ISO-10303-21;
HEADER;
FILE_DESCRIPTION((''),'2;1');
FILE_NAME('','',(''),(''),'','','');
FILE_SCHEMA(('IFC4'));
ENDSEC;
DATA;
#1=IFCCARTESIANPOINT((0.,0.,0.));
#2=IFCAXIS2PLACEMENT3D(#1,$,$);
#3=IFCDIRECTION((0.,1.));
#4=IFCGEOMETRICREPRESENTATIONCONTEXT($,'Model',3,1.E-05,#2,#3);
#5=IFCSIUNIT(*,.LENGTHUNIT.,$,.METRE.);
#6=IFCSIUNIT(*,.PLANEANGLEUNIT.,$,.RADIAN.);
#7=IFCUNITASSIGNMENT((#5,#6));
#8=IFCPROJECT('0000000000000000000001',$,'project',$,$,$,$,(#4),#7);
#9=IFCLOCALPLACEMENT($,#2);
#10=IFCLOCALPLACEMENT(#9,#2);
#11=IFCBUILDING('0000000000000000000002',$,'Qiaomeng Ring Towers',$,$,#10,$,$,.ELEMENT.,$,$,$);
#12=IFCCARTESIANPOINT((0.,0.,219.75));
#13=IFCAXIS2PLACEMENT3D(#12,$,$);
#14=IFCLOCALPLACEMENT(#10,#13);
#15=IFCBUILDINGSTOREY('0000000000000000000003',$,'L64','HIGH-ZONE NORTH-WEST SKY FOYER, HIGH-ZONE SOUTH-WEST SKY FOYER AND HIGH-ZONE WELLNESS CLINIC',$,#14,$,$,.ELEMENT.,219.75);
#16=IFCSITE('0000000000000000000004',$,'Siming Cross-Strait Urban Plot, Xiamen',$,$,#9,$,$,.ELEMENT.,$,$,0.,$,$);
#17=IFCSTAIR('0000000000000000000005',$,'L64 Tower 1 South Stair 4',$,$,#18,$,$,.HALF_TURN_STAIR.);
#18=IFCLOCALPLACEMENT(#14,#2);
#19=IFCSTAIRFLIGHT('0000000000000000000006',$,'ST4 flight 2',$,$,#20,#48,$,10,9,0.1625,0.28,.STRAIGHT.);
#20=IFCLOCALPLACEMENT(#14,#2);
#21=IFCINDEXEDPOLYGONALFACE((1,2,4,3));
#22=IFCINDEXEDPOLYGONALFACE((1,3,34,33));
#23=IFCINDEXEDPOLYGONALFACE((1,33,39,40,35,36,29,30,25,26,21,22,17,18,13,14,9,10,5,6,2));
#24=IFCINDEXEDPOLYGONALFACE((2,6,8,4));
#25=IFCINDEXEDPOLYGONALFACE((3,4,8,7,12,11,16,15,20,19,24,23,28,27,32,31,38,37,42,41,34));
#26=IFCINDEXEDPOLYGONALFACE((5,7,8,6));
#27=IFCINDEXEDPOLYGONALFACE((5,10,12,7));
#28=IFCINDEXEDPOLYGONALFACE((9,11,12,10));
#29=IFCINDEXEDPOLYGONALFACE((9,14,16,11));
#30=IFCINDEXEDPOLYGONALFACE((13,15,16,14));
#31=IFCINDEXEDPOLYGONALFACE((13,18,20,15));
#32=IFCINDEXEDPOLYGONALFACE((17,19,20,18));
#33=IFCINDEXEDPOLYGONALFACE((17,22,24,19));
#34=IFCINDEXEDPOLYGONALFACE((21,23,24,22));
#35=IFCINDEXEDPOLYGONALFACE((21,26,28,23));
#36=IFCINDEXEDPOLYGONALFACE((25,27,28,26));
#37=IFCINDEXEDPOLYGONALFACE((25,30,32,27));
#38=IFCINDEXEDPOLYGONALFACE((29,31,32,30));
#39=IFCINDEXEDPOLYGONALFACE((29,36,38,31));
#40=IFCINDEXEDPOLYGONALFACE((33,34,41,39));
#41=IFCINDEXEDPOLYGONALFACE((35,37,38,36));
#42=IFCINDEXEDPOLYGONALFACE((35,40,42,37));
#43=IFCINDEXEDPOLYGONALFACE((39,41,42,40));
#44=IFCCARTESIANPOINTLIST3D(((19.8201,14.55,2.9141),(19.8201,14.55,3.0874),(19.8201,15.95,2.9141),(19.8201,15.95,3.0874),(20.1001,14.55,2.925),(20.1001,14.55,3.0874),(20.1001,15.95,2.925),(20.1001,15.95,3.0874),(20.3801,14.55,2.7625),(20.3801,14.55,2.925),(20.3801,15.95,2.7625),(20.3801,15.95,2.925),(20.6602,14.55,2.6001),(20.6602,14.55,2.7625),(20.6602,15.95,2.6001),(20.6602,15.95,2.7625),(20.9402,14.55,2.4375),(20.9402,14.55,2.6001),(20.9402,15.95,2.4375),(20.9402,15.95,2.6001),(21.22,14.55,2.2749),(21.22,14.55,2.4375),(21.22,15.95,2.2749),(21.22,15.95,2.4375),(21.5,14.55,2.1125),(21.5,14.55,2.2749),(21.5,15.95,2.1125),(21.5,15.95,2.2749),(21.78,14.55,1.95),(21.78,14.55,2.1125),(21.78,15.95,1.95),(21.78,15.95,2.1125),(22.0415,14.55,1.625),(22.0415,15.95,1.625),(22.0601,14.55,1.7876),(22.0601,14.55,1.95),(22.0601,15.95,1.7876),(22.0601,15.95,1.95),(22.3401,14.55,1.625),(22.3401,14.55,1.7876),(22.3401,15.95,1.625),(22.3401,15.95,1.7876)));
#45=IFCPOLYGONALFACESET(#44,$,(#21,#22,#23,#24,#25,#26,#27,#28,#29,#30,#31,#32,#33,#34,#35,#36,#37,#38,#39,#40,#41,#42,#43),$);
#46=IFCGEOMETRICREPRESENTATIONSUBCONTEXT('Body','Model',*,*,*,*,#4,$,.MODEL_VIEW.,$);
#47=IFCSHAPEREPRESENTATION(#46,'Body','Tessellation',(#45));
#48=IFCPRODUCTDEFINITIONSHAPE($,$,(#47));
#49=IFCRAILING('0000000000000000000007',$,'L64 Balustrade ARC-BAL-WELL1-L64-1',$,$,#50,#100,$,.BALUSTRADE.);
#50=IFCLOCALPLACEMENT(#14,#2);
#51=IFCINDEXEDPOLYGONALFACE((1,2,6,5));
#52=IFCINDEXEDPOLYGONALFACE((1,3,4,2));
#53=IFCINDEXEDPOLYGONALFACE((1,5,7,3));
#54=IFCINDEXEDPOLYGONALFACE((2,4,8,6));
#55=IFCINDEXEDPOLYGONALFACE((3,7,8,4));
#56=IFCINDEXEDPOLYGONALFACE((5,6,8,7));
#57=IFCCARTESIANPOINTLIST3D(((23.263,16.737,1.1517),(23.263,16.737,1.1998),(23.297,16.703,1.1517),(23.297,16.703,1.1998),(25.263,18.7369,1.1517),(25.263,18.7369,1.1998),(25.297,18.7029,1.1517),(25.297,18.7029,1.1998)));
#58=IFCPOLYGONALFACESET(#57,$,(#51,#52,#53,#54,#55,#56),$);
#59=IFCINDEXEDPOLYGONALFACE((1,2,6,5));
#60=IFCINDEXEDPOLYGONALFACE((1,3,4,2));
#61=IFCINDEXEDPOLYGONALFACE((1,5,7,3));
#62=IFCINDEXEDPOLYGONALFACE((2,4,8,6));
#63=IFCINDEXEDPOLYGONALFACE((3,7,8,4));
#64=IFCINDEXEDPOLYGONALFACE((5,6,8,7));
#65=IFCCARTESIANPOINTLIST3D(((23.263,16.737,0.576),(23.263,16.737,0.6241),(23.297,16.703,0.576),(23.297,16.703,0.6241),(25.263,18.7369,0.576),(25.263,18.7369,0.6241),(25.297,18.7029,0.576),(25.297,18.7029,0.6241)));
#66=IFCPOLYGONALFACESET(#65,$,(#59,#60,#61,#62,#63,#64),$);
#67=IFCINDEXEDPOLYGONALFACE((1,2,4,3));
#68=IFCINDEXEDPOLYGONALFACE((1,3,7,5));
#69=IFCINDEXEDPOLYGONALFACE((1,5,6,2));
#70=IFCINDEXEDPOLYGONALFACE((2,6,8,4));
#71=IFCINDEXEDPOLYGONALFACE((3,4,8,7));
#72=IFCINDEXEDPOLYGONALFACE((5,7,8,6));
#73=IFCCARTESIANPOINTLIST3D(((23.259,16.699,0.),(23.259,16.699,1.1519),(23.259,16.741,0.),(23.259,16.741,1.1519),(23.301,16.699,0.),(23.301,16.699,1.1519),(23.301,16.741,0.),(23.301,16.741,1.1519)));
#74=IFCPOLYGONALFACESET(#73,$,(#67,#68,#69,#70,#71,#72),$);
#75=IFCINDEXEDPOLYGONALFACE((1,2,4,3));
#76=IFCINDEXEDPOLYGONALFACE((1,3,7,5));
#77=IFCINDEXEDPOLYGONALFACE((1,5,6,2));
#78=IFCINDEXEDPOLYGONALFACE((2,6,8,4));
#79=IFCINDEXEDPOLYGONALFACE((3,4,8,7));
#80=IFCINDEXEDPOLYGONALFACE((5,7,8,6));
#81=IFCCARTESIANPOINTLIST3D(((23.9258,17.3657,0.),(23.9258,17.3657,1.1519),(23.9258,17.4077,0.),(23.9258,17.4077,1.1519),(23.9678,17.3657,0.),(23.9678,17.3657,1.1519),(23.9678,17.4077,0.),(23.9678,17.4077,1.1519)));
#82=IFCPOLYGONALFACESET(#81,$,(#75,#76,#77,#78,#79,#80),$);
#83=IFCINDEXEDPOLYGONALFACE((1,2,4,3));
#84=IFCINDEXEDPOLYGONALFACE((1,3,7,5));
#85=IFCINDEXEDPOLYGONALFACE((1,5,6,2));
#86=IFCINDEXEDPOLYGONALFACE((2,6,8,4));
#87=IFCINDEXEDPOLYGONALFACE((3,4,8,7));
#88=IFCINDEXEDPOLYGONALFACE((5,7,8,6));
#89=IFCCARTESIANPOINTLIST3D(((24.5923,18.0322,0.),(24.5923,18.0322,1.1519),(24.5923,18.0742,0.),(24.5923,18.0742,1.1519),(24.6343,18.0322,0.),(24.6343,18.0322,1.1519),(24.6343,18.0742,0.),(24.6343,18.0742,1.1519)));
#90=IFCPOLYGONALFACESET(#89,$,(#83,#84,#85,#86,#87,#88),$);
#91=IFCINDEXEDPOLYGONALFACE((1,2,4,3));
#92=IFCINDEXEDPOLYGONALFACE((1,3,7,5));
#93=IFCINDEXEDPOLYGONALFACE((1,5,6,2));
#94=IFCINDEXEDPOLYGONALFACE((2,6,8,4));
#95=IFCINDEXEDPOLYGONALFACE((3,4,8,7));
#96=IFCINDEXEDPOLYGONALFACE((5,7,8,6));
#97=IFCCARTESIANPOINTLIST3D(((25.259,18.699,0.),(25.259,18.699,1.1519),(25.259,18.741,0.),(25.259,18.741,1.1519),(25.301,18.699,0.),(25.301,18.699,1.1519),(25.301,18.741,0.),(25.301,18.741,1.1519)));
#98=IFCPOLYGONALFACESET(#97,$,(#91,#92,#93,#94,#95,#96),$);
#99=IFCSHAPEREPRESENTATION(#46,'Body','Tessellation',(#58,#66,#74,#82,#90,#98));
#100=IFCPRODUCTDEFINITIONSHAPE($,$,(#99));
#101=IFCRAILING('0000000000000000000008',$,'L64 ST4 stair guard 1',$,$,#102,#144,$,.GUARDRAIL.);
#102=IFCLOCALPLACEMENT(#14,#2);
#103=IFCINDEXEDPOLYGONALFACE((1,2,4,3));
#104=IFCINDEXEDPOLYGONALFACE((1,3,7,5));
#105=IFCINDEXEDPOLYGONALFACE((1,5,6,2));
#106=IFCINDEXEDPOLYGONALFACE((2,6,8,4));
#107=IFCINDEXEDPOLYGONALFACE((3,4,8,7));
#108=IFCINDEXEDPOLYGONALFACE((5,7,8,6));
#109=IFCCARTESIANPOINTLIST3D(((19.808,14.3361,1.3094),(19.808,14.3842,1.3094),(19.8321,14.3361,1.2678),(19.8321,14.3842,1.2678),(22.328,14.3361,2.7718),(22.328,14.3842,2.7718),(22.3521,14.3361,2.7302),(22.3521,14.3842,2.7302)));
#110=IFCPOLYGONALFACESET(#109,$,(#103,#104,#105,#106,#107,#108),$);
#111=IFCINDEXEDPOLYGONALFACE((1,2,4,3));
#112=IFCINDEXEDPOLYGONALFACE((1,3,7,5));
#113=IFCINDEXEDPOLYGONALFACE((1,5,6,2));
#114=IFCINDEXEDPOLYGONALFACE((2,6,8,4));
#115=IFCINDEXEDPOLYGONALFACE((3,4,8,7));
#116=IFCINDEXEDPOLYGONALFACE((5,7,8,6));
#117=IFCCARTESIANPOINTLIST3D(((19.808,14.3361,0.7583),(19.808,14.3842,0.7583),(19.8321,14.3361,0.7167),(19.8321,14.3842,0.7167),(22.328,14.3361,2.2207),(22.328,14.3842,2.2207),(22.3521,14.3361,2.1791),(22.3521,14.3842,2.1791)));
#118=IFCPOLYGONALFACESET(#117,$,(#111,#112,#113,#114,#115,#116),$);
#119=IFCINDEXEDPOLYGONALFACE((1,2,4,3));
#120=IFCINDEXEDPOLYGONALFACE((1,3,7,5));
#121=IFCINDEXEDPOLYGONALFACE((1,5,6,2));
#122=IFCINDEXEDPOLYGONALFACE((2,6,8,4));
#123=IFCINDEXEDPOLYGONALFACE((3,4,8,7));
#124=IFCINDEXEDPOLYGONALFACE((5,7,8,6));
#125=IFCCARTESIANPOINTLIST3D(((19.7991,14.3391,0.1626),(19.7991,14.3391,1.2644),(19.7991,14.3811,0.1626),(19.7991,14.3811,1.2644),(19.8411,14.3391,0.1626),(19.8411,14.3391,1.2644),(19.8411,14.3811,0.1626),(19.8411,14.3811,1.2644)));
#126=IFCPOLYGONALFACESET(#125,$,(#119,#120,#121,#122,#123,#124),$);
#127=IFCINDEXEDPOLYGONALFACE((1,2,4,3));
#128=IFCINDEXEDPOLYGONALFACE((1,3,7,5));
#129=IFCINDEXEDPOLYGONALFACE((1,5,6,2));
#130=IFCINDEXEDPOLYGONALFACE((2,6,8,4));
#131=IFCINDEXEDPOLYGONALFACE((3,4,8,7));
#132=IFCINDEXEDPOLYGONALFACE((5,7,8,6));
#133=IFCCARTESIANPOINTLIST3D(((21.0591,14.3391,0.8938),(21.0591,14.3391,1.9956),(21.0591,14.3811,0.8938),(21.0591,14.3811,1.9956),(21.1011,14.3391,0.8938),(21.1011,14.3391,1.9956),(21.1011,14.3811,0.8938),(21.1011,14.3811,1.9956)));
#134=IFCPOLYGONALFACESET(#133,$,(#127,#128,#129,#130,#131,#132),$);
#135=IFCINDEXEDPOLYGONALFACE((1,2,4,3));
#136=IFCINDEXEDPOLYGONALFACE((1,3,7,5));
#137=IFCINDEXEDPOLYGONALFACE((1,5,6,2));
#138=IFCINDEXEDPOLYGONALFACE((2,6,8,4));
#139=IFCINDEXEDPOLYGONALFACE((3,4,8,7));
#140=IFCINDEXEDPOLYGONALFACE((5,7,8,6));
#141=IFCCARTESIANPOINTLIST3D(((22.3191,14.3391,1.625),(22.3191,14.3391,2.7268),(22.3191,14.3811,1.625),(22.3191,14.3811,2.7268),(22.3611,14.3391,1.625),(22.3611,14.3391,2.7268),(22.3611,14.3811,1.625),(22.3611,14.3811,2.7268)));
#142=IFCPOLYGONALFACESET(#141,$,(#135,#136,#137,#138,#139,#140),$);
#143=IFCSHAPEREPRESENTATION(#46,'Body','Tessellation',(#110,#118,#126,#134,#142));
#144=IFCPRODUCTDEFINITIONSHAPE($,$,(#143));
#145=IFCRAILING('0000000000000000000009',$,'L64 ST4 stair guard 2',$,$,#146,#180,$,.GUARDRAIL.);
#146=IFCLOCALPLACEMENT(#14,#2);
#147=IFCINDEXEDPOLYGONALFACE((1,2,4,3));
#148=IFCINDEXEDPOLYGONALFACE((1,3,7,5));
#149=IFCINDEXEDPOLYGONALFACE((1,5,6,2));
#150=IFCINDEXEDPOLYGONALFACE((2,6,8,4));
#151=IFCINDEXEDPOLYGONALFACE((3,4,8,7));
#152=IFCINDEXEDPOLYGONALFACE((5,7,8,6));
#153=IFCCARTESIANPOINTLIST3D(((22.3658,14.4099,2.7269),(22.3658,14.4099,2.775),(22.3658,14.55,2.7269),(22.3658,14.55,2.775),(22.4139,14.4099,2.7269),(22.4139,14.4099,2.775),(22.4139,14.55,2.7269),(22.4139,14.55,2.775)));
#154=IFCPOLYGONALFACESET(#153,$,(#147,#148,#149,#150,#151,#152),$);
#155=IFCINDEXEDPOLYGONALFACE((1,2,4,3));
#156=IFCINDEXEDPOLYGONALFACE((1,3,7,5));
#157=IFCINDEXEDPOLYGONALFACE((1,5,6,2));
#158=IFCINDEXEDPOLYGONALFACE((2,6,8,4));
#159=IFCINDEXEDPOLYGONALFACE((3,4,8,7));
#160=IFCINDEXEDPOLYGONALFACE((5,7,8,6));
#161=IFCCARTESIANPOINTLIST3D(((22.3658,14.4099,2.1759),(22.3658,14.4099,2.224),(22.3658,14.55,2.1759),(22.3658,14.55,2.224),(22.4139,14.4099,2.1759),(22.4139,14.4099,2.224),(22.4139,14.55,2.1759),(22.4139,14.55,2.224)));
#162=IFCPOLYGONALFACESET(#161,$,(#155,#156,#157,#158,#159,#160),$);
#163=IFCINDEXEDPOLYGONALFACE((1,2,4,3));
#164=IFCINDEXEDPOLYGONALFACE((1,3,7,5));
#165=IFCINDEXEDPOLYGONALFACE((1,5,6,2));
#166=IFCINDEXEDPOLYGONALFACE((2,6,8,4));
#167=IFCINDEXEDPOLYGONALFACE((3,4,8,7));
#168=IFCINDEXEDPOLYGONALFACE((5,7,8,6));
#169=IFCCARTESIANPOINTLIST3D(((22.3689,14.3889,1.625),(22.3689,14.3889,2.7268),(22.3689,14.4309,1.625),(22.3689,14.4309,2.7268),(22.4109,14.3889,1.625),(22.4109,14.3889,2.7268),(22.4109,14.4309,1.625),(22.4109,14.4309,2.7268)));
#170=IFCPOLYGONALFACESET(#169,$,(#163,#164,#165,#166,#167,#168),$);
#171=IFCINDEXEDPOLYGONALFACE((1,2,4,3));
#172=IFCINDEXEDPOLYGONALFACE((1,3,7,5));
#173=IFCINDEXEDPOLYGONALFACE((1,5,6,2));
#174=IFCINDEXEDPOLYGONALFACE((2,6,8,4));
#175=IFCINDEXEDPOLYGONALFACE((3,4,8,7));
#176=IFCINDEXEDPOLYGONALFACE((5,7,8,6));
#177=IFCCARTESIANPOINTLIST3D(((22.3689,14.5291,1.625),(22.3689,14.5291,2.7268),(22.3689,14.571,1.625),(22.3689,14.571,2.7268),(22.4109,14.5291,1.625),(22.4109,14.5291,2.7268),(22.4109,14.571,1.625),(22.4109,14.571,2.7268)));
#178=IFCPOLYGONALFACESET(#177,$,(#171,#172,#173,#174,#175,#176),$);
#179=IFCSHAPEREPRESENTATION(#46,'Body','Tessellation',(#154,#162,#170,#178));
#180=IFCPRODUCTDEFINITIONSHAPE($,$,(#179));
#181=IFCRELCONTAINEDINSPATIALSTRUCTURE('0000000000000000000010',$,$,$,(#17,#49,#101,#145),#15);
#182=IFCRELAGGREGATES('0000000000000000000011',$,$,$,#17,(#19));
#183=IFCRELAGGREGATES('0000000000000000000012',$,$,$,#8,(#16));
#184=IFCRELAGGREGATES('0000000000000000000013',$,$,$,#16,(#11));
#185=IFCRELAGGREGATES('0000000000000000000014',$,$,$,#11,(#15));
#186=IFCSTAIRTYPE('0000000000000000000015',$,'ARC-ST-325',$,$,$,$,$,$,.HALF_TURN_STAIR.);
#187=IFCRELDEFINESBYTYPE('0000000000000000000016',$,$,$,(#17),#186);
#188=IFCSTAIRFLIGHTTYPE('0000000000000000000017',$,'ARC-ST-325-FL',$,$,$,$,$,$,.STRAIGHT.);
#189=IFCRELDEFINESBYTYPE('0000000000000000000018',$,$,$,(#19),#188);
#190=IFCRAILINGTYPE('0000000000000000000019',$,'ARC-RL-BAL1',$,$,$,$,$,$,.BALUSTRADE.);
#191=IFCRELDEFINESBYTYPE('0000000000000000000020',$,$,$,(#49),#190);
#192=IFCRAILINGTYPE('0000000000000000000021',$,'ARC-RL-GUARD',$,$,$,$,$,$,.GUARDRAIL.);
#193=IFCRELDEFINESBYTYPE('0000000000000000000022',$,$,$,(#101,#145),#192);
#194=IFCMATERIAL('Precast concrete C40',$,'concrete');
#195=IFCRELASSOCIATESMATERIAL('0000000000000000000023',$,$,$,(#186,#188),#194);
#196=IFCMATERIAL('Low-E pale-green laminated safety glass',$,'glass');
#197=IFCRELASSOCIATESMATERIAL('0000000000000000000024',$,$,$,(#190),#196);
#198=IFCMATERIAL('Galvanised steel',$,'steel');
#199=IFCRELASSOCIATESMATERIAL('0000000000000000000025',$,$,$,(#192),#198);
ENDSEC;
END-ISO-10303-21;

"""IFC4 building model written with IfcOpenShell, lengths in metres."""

from ifc_helpers import new_model, si_unit, direction, frame, origin, origin_2d, place, context, subcontext, project, spatial, polyline, rectangle, outline, extrude, source, transform, mapped, material, type_object, element, aggregate, save


model = new_model("IFC4")

# Units and contexts
model_context = context("Model", 3, precision=1e-05, world=origin(), true_north=direction((0.0, 1.0)))
body_context = subcontext(model_context, "Body", "Model", "MODEL_VIEW")
ifc_project = project(units=[si_unit("LENGTHUNIT", "METRE"), si_unit("PLANEANGLEUNIT", "RADIAN")], contexts=[model_context])

# Site, building, storey
site_placement = place(None, origin())
site = spatial("IfcSite", under=ifc_project, at=site_placement, Name="Siming Cross-Strait Urban Plot, Xiamen", CompositionType="ELEMENT", RefElevation=0.0)
building_placement = place(site_placement, origin())
building = spatial("IfcBuilding", under=site, at=building_placement, Name="Qiaomeng Ring Towers", CompositionType="ELEMENT")
storey_placement = place(building_placement, frame((0.0, 0.0, 219.75)))
storey = spatial("IfcBuildingStorey", under=building, at=storey_placement, Name="L64", Description="HIGH-ZONE NORTH-WEST SKY FOYER, HIGH-ZONE SOUTH-WEST SKY FOYER AND HIGH-ZONE WELLNESS CLINIC", CompositionType="ELEMENT", Elevation=219.75)

# Shared definitions
ifc_material_1 = material(Name="Galvanised steel", Category="steel")

# Stair, stair flight
ifc_material_2 = material(Name="Precast concrete C40", Category="concrete")
stair_type = type_object("IfcStairType", Name="ARC-ST-325", PredefinedType="HALF_TURN_STAIR", material=ifc_material_2)
stair_placement = place(storey_placement, origin())
stair = element("IfcStair", 1, at=stair_placement, inside=storey, type_object=stair_type, Name="L64 Tower 1 South Stair 4", PredefinedType="HALF_TURN_STAIR")
stair_flight_type = type_object("IfcStairFlightType", Name="ARC-ST-325-FL", PredefinedType="STRAIGHT", material=ifc_material_2)
shared_shape_1 = source(origin(), body_context, "Body", "SweptSolid", [
    extrude(outline(polyline([(0.0, 0.0), (0.0, 0.1626), (0.28, 0.1626), (0.28, 0.325), (0.5601, 0.325), (0.5601, 0.4875), (0.8401, 0.4875), (0.8401, 0.6499), (1.1201, 0.6499), (1.1201, 0.8125), (1.3999, 0.8125), (1.3999, 0.9751), (1.6799, 0.9751), (1.6799, 1.1375), (1.96, 1.1375), (1.96, 1.3), (2.24, 1.3), (2.24, 1.4624), (2.52, 1.4624), (2.52, 1.625), (2.52, 1.2891), (0.2986, 0.0), (0.0, 0.0)])), frame((0.0, 0.7, 0.0), z_axis=(0.0, -1.0, 0.0), x_axis=(1.0, 0.0, 0.0)), (0.0, 0.0, 1.0), 1.3999),
])
stair_flight_1_placement = place(storey_placement, frame((22.3401, 15.25, 1.625), z_axis=(0.0, 0.0, 1.0), x_axis=(-1.0, 0.0, 0.0)))
stair_flight_1 = element("IfcStairFlight", 2, at=stair_flight_1_placement, type_object=stair_flight_type, Name="ST4 flight 2", NumberOfRisers=10, NumberOfTreads=9, PredefinedType="STRAIGHT", RiserHeight=0.1625, TreadLength=0.28, context=body_context, shape_type="MappedRepresentation", body=[
    mapped(shared_shape_1, transform((0.0, 0.0, 0.0), x_axis=(1.0, 0.0, 0.0), y_axis=(0.0, 1.0, 0.0), z_axis=(0.0, 0.0, 1.0), scale=1.0)),
])
aggregate(stair, [stair_flight_1])

# Railings
ifc_material_3 = material(Name="Low-E pale-green laminated safety glass", Category="glass")
railing_type_1 = type_object("IfcRailingType", Name="ARC-RL-BAL1", PredefinedType="BALUSTRADE", material=ifc_material_3)
railing_1_placement = place(storey_placement, frame((23.28, 16.72, 0.0)))
element("IfcRailing", 3, at=railing_1_placement, inside=storey, type_object=railing_type_1, Name="L64 Balustrade ARC-BAL-WELL1-L64-1", PredefinedType="BALUSTRADE", context=body_context, shape_type="SweptSolid", body=[
    extrude(rectangle(XDim=0.0481, YDim=0.0481, at=origin_2d()), frame((0.0, 0.0, 1.1758), z_axis=(0.707107, 0.707107, 0.0), x_axis=(-0.707107, 0.707107, 0.0)), (0.0, 0.0, 1.0), 2.8284),
    extrude(rectangle(XDim=0.0481, YDim=0.0481, at=origin_2d()), frame((0.0, 0.0, 0.6001), z_axis=(0.707107, 0.707107, 0.0), x_axis=(-0.707107, 0.707107, 0.0)), (0.0, 0.0, 1.0), 2.8284),
    extrude(rectangle(XDim=0.042, YDim=0.042, at=origin_2d()), origin(), (0.0, 0.0, 1.0), 1.1519),
    extrude(rectangle(XDim=0.042, YDim=0.042, at=origin_2d()), frame((0.6667, 0.6667, 0.0)), (0.0, 0.0, 1.0), 1.1519),
    extrude(rectangle(XDim=0.042, YDim=0.042, at=origin_2d()), frame((1.3333, 1.3333, 0.0)), (0.0, 0.0, 1.0), 1.1519),
    extrude(rectangle(XDim=0.042, YDim=0.042, at=origin_2d()), frame((2.0, 2.0, 0.0)), (0.0, 0.0, 1.0), 1.1519),
])
railing_type_2 = type_object("IfcRailingType", Name="ARC-RL-GUARD", PredefinedType="GUARDRAIL", material=ifc_material_1)
railing_2_placement = place(storey_placement, frame((19.8201, 14.3601, 0.1626)))
element("IfcRailing", 4, at=railing_2_placement, inside=storey, type_object=railing_type_2, Name="L64 ST4 stair guard 1", PredefinedType="GUARDRAIL", context=body_context, shape_type="SweptSolid", body=[
    extrude(rectangle(XDim=0.0481, YDim=0.0481, at=origin_2d()), frame((0.0, 0.0, 1.126), z_axis=(0.864913, 0.0, 0.501921), x_axis=(0.0, 1.0, 0.0)), (0.0, 0.0, 1.0), 2.9136),
    extrude(rectangle(XDim=0.0481, YDim=0.0481, at=origin_2d()), frame((0.0, 0.0, 0.575), z_axis=(0.864913, 0.0, 0.501921), x_axis=(0.0, 1.0, 0.0)), (0.0, 0.0, 1.0), 2.9136),
    extrude(rectangle(XDim=0.042, YDim=0.042, at=origin_2d()), origin(), (0.0, 0.0, 1.0), 1.1018),
    extrude(rectangle(XDim=0.042, YDim=0.042, at=origin_2d()), frame((1.26, 0.0, 0.7312)), (0.0, 0.0, 1.0), 1.1018),
    extrude(rectangle(XDim=0.042, YDim=0.042, at=origin_2d()), frame((2.52, 0.0, 1.4624)), (0.0, 0.0, 1.0), 1.1018),
])
railing_3_placement = place(storey_placement, frame((22.3899, 14.4099, 1.625)))
element("IfcRailing", 5, at=railing_3_placement, inside=storey, type_object=railing_type_2, Name="L64 ST4 stair guard 2", PredefinedType="GUARDRAIL", context=body_context, shape_type="SweptSolid", body=[
    extrude(rectangle(XDim=0.0481, YDim=0.0481, at=origin_2d()), frame((0.0, 0.0, 1.126), z_axis=(0.0, 1.0, 0.0), x_axis=(-1.0, 0.0, 0.0)), (0.0, 0.0, 1.0), 0.1401),
    extrude(rectangle(XDim=0.0481, YDim=0.0481, at=origin_2d()), frame((0.0, 0.0, 0.575), z_axis=(0.0, 1.0, 0.0), x_axis=(-1.0, 0.0, 0.0)), (0.0, 0.0, 1.0), 0.1401),
    extrude(rectangle(XDim=0.042, YDim=0.042, at=origin_2d()), origin(), (0.0, 0.0, 1.0), 1.1018),
    extrude(rectangle(XDim=0.042, YDim=0.042, at=origin_2d()), frame((0.0, 0.1401, 0.0)), (0.0, 0.0, 1.0), 1.1018),
])

save(model, "model.ifc")
